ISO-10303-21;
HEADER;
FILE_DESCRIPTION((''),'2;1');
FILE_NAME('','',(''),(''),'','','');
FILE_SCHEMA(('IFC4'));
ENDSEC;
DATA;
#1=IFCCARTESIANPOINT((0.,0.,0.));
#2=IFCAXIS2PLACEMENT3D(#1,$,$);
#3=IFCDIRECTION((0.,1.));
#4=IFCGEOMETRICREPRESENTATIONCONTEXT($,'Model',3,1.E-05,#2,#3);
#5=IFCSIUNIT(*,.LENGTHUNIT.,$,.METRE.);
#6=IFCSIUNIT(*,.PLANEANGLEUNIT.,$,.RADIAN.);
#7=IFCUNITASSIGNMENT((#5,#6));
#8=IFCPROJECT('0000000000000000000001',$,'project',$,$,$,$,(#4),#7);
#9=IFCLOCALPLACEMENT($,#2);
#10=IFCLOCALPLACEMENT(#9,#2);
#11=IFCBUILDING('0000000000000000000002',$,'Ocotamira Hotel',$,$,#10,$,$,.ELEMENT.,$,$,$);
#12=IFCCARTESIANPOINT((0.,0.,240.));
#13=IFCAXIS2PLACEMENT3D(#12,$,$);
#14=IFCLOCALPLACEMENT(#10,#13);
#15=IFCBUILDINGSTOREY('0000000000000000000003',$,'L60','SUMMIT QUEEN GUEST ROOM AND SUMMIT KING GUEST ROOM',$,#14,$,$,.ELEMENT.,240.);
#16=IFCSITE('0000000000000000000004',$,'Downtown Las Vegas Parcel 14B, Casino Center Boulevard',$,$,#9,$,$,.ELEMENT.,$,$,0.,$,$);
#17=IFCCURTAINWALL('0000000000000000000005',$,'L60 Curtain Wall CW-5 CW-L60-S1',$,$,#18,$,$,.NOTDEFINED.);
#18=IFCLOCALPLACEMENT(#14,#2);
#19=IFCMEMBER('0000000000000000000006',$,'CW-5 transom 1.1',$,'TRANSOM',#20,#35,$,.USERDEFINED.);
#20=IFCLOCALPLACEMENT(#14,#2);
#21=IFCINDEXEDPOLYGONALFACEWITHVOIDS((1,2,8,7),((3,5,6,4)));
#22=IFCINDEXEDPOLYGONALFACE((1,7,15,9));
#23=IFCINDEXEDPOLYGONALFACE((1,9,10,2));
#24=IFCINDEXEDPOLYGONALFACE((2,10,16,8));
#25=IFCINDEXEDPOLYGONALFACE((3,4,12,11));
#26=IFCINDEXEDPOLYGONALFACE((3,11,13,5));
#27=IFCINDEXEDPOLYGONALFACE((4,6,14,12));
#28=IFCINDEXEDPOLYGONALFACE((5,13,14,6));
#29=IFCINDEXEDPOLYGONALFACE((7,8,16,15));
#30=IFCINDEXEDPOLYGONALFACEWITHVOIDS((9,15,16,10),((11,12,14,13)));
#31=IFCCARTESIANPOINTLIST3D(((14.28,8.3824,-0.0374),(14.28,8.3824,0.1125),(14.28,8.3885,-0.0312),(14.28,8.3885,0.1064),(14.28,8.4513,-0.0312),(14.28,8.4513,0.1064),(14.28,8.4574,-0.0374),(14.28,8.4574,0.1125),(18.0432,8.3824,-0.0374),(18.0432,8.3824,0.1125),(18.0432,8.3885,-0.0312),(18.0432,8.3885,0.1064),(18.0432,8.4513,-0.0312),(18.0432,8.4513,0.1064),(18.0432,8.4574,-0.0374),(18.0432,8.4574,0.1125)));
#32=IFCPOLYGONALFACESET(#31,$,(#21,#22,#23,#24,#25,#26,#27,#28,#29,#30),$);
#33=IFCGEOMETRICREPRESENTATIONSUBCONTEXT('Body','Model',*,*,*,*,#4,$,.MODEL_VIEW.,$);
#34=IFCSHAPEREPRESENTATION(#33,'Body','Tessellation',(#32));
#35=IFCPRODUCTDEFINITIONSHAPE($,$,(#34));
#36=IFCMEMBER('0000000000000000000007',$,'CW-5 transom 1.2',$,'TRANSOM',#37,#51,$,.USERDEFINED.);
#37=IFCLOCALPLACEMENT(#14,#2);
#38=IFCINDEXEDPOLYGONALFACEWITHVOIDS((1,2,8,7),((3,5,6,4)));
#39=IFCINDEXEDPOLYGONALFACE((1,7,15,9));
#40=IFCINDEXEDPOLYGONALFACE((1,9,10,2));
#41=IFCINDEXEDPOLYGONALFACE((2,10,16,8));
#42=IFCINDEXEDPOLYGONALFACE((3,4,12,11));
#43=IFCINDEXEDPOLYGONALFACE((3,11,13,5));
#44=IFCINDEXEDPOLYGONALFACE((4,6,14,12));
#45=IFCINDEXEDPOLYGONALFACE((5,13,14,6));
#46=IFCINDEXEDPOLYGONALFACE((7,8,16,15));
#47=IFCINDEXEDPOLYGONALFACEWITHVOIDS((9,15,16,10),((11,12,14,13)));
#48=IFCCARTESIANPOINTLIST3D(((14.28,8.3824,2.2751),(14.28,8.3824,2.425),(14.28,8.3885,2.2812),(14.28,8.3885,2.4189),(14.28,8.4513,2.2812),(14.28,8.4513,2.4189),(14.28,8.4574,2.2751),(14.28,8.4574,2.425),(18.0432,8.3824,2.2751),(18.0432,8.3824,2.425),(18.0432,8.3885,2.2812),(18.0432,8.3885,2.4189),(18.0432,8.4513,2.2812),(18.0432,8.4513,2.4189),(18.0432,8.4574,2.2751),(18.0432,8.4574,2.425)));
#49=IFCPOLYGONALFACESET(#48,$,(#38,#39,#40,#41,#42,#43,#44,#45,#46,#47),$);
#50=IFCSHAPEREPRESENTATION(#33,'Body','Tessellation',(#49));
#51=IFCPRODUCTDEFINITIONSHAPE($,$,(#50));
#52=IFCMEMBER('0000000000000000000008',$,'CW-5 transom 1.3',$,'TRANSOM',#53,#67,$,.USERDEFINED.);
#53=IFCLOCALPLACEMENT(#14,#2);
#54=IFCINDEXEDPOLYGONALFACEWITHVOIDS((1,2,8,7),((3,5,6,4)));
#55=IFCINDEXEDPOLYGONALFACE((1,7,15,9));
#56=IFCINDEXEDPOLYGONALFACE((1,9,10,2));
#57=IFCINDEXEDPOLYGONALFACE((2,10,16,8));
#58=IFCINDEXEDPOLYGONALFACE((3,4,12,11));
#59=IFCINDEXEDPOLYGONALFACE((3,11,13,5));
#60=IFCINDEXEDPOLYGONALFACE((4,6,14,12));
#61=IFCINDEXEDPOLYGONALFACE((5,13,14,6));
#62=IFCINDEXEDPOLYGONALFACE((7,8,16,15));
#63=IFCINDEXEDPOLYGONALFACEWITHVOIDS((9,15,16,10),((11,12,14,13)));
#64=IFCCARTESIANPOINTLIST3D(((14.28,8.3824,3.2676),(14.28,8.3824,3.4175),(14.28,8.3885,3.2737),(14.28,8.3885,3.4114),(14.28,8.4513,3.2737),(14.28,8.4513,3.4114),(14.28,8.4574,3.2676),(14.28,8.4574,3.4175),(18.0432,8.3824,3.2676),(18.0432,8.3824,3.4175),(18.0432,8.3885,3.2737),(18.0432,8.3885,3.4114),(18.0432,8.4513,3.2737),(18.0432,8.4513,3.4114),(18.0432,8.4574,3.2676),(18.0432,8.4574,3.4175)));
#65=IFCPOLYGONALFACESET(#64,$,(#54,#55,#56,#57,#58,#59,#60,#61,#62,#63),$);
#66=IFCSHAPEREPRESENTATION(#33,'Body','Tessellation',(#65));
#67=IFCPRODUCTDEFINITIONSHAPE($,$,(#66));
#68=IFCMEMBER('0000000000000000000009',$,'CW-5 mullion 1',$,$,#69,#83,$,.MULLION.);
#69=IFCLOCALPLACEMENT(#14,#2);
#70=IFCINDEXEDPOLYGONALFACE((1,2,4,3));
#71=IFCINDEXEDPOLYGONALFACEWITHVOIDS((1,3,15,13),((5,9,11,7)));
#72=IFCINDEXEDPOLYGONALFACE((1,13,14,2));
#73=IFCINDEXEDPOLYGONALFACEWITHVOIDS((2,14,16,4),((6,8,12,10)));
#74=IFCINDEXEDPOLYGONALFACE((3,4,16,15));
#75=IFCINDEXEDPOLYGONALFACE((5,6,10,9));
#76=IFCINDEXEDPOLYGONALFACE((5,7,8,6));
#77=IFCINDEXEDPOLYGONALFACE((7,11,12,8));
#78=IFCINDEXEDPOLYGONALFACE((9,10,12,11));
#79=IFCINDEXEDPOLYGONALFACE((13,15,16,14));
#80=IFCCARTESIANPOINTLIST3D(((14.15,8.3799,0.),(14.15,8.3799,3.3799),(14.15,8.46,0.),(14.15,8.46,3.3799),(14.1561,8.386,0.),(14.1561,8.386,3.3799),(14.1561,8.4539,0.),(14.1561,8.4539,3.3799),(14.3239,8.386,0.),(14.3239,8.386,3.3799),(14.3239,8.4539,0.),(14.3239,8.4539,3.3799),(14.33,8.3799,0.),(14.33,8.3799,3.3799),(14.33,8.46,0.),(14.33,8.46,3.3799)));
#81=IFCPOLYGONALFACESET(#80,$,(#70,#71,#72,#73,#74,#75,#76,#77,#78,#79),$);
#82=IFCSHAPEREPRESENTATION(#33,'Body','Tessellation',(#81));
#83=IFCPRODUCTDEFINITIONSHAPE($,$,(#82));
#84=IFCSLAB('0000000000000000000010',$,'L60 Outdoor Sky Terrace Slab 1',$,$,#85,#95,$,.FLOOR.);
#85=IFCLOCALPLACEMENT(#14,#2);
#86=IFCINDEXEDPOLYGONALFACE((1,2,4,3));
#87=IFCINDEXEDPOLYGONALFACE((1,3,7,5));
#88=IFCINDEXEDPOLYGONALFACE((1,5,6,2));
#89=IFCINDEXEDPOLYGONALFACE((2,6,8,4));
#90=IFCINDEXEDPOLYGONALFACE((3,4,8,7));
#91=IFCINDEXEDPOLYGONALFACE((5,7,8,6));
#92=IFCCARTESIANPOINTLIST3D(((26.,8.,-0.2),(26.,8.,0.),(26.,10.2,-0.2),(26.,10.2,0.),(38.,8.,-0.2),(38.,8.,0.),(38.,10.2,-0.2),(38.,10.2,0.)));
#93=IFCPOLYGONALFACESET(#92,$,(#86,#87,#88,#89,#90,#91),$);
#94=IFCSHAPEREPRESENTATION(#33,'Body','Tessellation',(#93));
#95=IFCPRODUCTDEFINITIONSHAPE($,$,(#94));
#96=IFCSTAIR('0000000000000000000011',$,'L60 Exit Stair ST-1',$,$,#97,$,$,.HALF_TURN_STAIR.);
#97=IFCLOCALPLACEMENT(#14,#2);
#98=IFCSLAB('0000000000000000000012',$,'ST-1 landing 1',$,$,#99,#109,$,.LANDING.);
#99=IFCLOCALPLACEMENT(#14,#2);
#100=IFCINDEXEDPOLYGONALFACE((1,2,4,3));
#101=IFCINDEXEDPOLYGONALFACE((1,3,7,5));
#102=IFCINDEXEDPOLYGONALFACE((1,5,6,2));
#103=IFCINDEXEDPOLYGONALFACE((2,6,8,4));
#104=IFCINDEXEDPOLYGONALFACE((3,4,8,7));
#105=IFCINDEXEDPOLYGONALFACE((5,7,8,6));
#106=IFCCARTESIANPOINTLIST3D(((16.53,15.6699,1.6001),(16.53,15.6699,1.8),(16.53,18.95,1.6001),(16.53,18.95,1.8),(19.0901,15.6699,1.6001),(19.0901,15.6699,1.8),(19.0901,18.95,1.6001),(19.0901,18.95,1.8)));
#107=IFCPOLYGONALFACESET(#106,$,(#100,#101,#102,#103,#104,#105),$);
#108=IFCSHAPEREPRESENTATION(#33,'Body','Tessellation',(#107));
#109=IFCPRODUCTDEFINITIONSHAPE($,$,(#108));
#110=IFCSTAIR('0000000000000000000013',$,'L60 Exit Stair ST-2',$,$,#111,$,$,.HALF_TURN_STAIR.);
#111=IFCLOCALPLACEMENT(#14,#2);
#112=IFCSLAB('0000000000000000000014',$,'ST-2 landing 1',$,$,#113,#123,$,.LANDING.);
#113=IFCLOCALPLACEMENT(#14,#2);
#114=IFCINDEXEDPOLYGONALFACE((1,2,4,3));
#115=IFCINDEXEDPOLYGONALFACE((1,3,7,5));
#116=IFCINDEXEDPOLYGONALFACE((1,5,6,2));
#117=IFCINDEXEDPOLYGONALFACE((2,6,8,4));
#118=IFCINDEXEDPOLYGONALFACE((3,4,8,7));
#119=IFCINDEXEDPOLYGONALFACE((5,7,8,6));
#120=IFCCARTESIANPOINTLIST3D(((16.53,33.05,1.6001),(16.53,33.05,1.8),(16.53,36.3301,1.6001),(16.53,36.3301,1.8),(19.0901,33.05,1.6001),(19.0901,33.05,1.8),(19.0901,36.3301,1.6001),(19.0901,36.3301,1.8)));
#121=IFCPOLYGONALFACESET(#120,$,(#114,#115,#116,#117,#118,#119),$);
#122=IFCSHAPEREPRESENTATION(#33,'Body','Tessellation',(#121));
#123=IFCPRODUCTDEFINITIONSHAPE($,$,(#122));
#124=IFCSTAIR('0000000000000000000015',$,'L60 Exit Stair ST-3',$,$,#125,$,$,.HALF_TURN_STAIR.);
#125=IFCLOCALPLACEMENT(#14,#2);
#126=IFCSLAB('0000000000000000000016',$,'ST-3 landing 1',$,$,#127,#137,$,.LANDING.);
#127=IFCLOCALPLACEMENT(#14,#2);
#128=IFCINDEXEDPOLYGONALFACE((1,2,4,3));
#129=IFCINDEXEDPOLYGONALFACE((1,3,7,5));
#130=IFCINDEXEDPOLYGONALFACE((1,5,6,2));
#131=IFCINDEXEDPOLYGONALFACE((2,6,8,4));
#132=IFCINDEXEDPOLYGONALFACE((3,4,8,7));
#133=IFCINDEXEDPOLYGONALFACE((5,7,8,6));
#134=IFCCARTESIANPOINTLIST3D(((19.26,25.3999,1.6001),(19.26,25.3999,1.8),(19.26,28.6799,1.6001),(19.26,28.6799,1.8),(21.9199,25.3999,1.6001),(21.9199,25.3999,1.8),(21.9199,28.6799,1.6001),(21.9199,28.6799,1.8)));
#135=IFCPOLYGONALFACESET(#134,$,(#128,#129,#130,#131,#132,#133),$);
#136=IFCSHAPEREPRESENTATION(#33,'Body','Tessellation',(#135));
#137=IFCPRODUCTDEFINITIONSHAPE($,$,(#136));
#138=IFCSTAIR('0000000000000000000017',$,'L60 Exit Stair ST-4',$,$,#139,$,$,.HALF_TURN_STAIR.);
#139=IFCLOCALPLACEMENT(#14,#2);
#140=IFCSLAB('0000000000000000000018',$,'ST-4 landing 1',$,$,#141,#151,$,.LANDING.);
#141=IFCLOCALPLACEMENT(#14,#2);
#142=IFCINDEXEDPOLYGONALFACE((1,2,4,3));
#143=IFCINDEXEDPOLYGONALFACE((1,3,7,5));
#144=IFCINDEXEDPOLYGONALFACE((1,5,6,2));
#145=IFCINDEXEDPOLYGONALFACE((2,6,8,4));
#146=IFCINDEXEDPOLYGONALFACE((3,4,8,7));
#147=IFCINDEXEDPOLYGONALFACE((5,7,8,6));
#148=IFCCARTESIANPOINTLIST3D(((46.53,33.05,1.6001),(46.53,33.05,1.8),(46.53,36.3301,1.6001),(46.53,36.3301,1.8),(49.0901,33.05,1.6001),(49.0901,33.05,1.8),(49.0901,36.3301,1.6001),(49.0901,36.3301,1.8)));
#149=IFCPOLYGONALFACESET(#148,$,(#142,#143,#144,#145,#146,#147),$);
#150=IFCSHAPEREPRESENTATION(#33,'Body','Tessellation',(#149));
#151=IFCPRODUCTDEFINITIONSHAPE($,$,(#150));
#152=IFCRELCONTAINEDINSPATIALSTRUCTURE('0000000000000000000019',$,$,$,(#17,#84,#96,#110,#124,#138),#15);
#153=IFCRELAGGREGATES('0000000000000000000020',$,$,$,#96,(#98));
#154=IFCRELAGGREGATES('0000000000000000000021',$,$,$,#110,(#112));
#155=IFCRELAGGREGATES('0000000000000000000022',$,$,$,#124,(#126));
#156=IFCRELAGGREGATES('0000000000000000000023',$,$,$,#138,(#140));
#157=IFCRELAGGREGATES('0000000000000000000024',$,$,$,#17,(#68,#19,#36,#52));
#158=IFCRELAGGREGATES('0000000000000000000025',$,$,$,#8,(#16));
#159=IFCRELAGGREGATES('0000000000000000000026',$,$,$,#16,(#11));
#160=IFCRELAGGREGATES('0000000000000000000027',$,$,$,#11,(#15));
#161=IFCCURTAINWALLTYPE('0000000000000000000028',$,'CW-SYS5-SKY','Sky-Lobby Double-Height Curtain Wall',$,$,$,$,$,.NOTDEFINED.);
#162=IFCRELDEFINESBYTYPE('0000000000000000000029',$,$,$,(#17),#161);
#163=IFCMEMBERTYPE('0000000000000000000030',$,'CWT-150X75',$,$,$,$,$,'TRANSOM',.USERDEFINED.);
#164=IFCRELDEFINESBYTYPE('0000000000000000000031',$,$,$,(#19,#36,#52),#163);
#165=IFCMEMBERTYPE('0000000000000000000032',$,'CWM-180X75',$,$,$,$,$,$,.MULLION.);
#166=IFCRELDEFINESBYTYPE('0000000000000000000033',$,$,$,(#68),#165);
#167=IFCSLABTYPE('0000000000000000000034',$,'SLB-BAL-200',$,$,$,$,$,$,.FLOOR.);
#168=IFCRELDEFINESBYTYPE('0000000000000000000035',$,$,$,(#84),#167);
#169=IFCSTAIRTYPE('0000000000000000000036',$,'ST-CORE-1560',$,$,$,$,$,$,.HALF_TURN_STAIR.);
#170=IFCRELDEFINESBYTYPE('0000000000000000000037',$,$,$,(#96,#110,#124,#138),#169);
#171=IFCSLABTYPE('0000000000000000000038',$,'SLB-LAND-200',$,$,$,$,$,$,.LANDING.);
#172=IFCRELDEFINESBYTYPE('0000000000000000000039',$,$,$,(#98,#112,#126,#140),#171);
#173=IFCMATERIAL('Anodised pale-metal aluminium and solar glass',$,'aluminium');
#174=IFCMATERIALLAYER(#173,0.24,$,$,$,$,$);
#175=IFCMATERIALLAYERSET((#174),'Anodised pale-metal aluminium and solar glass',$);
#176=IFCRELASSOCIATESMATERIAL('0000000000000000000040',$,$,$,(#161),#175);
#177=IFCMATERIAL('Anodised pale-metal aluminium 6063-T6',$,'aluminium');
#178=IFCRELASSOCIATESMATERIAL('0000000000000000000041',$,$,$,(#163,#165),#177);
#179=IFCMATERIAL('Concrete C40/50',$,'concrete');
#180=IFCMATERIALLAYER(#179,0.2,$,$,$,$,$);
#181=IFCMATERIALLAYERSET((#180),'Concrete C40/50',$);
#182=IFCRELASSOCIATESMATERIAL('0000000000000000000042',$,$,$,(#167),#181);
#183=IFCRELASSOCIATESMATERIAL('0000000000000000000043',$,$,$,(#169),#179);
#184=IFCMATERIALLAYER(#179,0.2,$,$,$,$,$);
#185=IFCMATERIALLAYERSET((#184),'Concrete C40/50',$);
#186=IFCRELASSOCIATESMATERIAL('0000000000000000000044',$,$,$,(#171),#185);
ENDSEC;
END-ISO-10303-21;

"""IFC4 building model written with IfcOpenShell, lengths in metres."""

from ifc_helpers import new_model, si_unit, direction, frame, origin, origin_2d, place, context, subcontext, project, spatial, polyline, hollow_rectangle, outline, extrude, source, transform, mapped, material, layer, layer_set, material_profile, profile_set, type_object, element, aggregate, save


model = new_model("IFC4")

# Units and contexts
model_context = context("Model", 3, precision=1e-05, world=origin(), true_north=direction((0.0, 1.0)))
body_context = subcontext(model_context, "Body", "Model", "MODEL_VIEW")
ifc_project = project(units=[si_unit("LENGTHUNIT", "METRE"), si_unit("PLANEANGLEUNIT", "RADIAN")], contexts=[model_context])

# Site, building, storey
site_placement = place(None, origin())
site = spatial("IfcSite", under=ifc_project, at=site_placement, Name="Downtown Las Vegas Parcel 14B, Casino Center Boulevard", CompositionType="ELEMENT", RefElevation=0.0)
building_placement = place(site_placement, origin())
building = spatial("IfcBuilding", under=site, at=building_placement, Name="Ocotamira Hotel", CompositionType="ELEMENT")
storey_placement = place(building_placement, frame((0.0, 0.0, 240.0)))
storey = spatial("IfcBuildingStorey", under=building, at=storey_placement, Name="L60", Description="SUMMIT QUEEN GUEST ROOM AND SUMMIT KING GUEST ROOM", CompositionType="ELEMENT", Elevation=240.0)

# Curtain wall, members
ifc_material_1 = material(Name="Anodised pale-metal aluminium and solar glass", Category="aluminium")
ifc_layer_1 = layer(ifc_material_1, 0.24)
ifc_layer_set_1 = layer_set([ifc_layer_1], Name="Anodised pale-metal aluminium and solar glass")
curtain_wall_type = type_object("IfcCurtainWallType", Name="CW-SYS5-SKY", Description="Sky-Lobby Double-Height Curtain Wall", PredefinedType="NOTDEFINED", material=ifc_layer_set_1)
curtain_wall_placement = place(storey_placement, origin())
curtain_wall = element("IfcCurtainWall", 1, at=curtain_wall_placement, inside=storey, type_object=curtain_wall_type, Name="L60 Curtain Wall CW-5 CW-L60-S1", PredefinedType="NOTDEFINED")
ifc_material_2 = material(Name="Anodised pale-metal aluminium 6063-T6", Category="aluminium")
ifc_material_profile_1 = material_profile(ifc_material_2, hollow_rectangle(XDim=0.075, YDim=0.1499, WallThickness=0.0061, at=origin_2d()), Name="HSS150X75X6")
ifc_profile_set_1 = profile_set([ifc_material_profile_1], Name="Anodised pale-metal aluminium 6063-T6")
member_type_1 = type_object("IfcMemberType", Name="CWT-150X75", ElementType="TRANSOM", PredefinedType="USERDEFINED", material=ifc_profile_set_1)
shared_shape_1 = source(origin(), body_context, "Body", "SweptSolid", [
    extrude(hollow_rectangle(XDim=0.075, YDim=0.1499, WallThickness=0.0061, at=origin_2d()), origin(), (0.0, 0.0, 1.0), 3.7632),
])
member_1_placement = place(storey_placement, frame((14.28, 8.4199, 0.0376), z_axis=(1.0, 0.0, 0.0), x_axis=(0.0, 1.0, 0.0)))
member_1 = element("IfcMember", 2, at=member_1_placement, type_object=member_type_1, Name="CW-5 transom 1.1", ObjectType="TRANSOM", PredefinedType="USERDEFINED", context=body_context, shape_type="MappedRepresentation", body=[
    mapped(shared_shape_1, transform((0.0, 0.0, 0.0), scale=1.0)),
])
member_2_placement = place(storey_placement, frame((14.28, 8.4199, 2.3501), z_axis=(1.0, 0.0, 0.0), x_axis=(0.0, 1.0, 0.0)))
member_2 = element("IfcMember", 3, at=member_2_placement, type_object=member_type_1, Name="CW-5 transom 1.2", ObjectType="TRANSOM", PredefinedType="USERDEFINED", context=body_context, shape_type="MappedRepresentation", body=[
    mapped(shared_shape_1, transform((0.0, 0.0, 0.0), scale=1.0)),
])
member_3_placement = place(storey_placement, frame((14.28, 8.4199, 3.3425), z_axis=(1.0, 0.0, 0.0), x_axis=(0.0, 1.0, 0.0)))
member_3 = element("IfcMember", 4, at=member_3_placement, type_object=member_type_1, Name="CW-5 transom 1.3", ObjectType="TRANSOM", PredefinedType="USERDEFINED", context=body_context, shape_type="MappedRepresentation", body=[
    mapped(shared_shape_1, transform((0.0, 0.0, 0.0), scale=1.0)),
])
ifc_material_profile_2 = material_profile(ifc_material_2, hollow_rectangle(XDim=0.0801, YDim=0.1799, WallThickness=0.0061, at=origin_2d()), Name="HSS180X80X6")
ifc_profile_set_2 = profile_set([ifc_material_profile_2], Name="Anodised pale-metal aluminium 6063-T6")
member_type_2 = type_object("IfcMemberType", Name="CWM-180X75", PredefinedType="MULLION", material=ifc_profile_set_2)
shared_shape_2 = source(origin(), body_context, "Body", "SweptSolid", [
    extrude(hollow_rectangle(XDim=0.0801, YDim=0.1799, WallThickness=0.0061, at=origin_2d()), origin(), (0.0, 0.0, 1.0), 3.3799),
])
member_4_placement = place(storey_placement, frame((14.24, 8.4199, 0.0), z_axis=(0.0, 0.0, 1.0), x_axis=(0.0, 1.0, 0.0)))
member_4 = element("IfcMember", 5, at=member_4_placement, type_object=member_type_2, Name="CW-5 mullion 1", PredefinedType="MULLION", context=body_context, shape_type="MappedRepresentation", body=[
    mapped(shared_shape_2, transform((0.0, 0.0, 0.0), scale=1.0)),
])

# Slab
ifc_material_3 = material(Name="Concrete C40/50", Category="concrete")
ifc_layer_2 = layer(ifc_material_3, 0.2)
ifc_layer_set_2 = layer_set([ifc_layer_2], Name="Concrete C40/50")
slab_type_1 = type_object("IfcSlabType", Name="SLB-BAL-200", PredefinedType="FLOOR", material=ifc_layer_set_2)
slab_1_placement = place(storey_placement, frame((0.0, 0.0, -0.2)))
element("IfcSlab", 6, at=slab_1_placement, inside=storey, type_object=slab_type_1, Name="L60 Outdoor Sky Terrace Slab 1", PredefinedType="FLOOR", context=body_context, shape_type="SweptSolid", body=[
    extrude(outline(polyline([(26.0, 8.0), (38.0, 8.0), (38.0, 10.2), (26.0, 10.2), (26.0, 8.0)])), origin(), (0.0, 0.0, 1.0), 0.2),
])

# Stairs, slabs
stair_type = type_object("IfcStairType", Name="ST-CORE-1560", PredefinedType="HALF_TURN_STAIR", material=ifc_material_3)
stair_1_placement = place(storey_placement, origin())
stair_1 = element("IfcStair", 7, at=stair_1_placement, inside=storey, type_object=stair_type, Name="L60 Exit Stair ST-1", PredefinedType="HALF_TURN_STAIR")
ifc_layer_3 = layer(ifc_material_3, 0.2)
ifc_layer_set_3 = layer_set([ifc_layer_3], Name="Concrete C40/50")
slab_type_2 = type_object("IfcSlabType", Name="SLB-LAND-200", PredefinedType="LANDING", material=ifc_layer_set_3)
slab_2_placement = place(storey_placement, frame((0.0, 0.0, 1.6001)))
slab_2 = element("IfcSlab", 8, at=slab_2_placement, type_object=slab_type_2, Name="ST-1 landing 1", PredefinedType="LANDING", context=body_context, shape_type="SweptSolid", body=[
    extrude(outline(polyline([(16.53, 15.6699), (19.0901, 15.6699), (19.0901, 18.95), (16.53, 18.95), (16.53, 15.6699)])), origin(), (0.0, 0.0, 1.0), 0.2),
])
aggregate(stair_1, [slab_2])
stair_2_placement = place(storey_placement, origin())
stair_2 = element("IfcStair", 9, at=stair_2_placement, inside=storey, type_object=stair_type, Name="L60 Exit Stair ST-2", PredefinedType="HALF_TURN_STAIR")
slab_3_placement = place(storey_placement, frame((0.0, 0.0, 1.6001)))
slab_3 = element("IfcSlab", 10, at=slab_3_placement, type_object=slab_type_2, Name="ST-2 landing 1", PredefinedType="LANDING", context=body_context, shape_type="SweptSolid", body=[
    extrude(outline(polyline([(16.53, 33.05), (19.0901, 33.05), (19.0901, 36.3301), (16.53, 36.3301), (16.53, 33.05)])), origin(), (0.0, 0.0, 1.0), 0.2),
])
aggregate(stair_2, [slab_3])
stair_3_placement = place(storey_placement, origin())
stair_3 = element("IfcStair", 11, at=stair_3_placement, inside=storey, type_object=stair_type, Name="L60 Exit Stair ST-3", PredefinedType="HALF_TURN_STAIR")
slab_4_placement = place(storey_placement, frame((0.0, 0.0, 1.6001)))
slab_4 = element("IfcSlab", 12, at=slab_4_placement, type_object=slab_type_2, Name="ST-3 landing 1", PredefinedType="LANDING", context=body_context, shape_type="SweptSolid", body=[
    extrude(outline(polyline([(19.26, 25.3999), (21.9199, 25.3999), (21.9199, 28.6799), (19.26, 28.6799), (19.26, 25.3999)])), origin(), (0.0, 0.0, 1.0), 0.2),
])
aggregate(stair_3, [slab_4])
stair_4_placement = place(storey_placement, origin())
stair_4 = element("IfcStair", 13, at=stair_4_placement, inside=storey, type_object=stair_type, Name="L60 Exit Stair ST-4", PredefinedType="HALF_TURN_STAIR")
slab_5_placement = place(storey_placement, frame((0.0, 0.0, 1.6001)))
slab_5 = element("IfcSlab", 14, at=slab_5_placement, type_object=slab_type_2, Name="ST-4 landing 1", PredefinedType="LANDING", context=body_context, shape_type="SweptSolid", body=[
    extrude(outline(polyline([(46.53, 33.05), (49.0901, 33.05), (49.0901, 36.3301), (46.53, 36.3301), (46.53, 33.05)])), origin(), (0.0, 0.0, 1.0), 0.2),
])
aggregate(stair_4, [slab_5])

aggregate(curtain_wall, [member_4, member_1, member_2, member_3])

save(model, "model.ifc")
